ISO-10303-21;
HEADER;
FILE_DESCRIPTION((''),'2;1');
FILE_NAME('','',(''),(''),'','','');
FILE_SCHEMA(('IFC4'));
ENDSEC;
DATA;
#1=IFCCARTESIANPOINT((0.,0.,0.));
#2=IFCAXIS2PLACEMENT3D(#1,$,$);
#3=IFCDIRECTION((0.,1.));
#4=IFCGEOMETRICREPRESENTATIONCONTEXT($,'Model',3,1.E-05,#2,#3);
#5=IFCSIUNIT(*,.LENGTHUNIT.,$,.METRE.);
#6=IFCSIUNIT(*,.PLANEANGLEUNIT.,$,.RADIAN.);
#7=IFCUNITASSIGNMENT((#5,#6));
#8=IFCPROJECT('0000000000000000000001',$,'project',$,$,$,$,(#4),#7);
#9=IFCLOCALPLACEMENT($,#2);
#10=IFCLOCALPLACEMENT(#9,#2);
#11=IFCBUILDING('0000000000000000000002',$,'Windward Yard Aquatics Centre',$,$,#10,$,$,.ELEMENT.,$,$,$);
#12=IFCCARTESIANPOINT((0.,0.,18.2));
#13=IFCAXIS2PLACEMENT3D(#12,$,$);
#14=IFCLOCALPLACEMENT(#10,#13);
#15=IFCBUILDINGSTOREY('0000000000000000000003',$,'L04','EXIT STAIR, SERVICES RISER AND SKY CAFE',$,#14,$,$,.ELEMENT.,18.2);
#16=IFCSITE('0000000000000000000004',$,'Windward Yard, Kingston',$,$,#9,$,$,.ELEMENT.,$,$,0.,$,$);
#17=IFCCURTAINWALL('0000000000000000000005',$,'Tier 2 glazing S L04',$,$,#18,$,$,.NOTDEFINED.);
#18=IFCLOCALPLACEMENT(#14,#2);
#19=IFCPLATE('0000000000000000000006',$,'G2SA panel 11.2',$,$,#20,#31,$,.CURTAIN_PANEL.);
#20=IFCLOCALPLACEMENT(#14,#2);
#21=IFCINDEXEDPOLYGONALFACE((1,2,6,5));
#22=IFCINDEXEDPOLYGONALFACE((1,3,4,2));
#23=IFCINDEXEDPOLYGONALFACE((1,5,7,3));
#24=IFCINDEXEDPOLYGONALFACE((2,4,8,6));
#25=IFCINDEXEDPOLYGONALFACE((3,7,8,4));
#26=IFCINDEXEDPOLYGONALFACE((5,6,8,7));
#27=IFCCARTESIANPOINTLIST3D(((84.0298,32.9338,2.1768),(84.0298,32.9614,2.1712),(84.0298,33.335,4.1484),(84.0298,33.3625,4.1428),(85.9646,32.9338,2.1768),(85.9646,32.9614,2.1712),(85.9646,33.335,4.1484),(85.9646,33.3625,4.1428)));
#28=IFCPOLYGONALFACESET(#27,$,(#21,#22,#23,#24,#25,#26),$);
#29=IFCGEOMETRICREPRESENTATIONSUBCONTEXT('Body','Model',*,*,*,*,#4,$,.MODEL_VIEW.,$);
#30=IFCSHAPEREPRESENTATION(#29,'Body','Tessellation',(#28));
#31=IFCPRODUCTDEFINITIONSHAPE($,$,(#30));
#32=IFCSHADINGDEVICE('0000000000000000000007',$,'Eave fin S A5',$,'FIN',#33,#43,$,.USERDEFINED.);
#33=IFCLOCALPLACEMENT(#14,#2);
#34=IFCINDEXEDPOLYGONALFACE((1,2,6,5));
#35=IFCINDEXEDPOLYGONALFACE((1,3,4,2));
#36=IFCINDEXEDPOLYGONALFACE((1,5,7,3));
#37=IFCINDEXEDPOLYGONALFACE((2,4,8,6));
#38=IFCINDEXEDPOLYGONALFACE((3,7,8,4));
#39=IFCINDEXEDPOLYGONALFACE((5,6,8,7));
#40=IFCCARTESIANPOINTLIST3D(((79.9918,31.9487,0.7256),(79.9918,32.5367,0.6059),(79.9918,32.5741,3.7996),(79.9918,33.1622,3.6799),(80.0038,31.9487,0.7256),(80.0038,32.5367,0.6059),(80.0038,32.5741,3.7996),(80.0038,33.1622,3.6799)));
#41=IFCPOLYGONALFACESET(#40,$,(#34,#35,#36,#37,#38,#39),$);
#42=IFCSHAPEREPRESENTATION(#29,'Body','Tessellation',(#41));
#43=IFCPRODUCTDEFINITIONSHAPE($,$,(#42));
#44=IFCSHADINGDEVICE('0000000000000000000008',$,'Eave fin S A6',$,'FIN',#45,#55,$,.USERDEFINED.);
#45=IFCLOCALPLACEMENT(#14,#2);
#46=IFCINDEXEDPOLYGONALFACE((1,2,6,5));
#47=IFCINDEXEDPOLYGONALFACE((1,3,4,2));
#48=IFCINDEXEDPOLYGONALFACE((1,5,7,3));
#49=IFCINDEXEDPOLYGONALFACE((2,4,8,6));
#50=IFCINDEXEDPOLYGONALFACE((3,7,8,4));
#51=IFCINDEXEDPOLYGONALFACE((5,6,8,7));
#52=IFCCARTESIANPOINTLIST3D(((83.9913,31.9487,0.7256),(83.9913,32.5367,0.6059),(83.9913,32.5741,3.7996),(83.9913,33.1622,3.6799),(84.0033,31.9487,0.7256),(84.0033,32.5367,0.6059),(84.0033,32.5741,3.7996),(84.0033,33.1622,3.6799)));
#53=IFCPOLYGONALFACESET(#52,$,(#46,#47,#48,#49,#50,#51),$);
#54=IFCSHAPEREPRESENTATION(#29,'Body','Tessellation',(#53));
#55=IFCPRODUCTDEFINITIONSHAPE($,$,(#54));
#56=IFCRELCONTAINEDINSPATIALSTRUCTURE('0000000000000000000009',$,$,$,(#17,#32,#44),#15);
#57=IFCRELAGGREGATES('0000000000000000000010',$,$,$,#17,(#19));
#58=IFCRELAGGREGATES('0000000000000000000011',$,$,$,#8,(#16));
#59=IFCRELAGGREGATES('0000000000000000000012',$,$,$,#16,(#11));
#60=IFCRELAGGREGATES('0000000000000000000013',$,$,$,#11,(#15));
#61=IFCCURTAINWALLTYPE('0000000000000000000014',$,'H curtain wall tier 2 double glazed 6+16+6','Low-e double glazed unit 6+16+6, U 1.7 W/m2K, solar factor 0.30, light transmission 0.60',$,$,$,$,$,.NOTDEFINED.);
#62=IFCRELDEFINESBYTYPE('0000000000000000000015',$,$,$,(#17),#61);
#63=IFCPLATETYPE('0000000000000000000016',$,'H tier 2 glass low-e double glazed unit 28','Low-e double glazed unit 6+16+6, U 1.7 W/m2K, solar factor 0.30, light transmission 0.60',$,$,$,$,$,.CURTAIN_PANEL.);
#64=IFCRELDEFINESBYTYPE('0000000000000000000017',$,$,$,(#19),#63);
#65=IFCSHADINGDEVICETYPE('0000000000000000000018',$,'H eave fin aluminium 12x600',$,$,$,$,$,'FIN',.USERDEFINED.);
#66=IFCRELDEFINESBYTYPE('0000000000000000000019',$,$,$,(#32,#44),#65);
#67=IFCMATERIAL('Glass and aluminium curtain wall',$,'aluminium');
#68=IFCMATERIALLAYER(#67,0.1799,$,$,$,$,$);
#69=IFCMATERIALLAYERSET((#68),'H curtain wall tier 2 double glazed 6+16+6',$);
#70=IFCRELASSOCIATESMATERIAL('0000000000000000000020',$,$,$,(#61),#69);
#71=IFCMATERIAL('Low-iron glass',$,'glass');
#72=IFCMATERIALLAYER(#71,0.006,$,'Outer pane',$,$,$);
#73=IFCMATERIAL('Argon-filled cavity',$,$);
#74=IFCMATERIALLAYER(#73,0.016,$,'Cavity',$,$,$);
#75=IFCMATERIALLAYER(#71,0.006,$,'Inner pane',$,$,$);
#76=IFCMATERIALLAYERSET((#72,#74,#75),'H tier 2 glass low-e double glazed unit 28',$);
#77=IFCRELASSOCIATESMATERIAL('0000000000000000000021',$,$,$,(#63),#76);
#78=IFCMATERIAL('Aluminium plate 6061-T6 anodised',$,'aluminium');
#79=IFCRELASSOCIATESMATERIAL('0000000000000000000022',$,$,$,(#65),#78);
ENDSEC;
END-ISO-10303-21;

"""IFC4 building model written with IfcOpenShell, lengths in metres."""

from ifc_helpers import new_model, si_unit, direction, frame, origin, origin_2d, place, context, subcontext, project, spatial, polyline, rectangle, outline, extrude, material, layer, layer_set, material_profile, profile_set, type_object, element, aggregate, save


model = new_model("IFC4")

# Units and contexts
model_context = context("Model", 3, precision=1e-05, world=origin(), true_north=direction((0.0, 1.0)))
body_context = subcontext(model_context, "Body", "Model", "MODEL_VIEW")
ifc_project = project(units=[si_unit("LENGTHUNIT", "METRE"), si_unit("PLANEANGLEUNIT", "RADIAN")], contexts=[model_context])

# Site, building, storey
site_placement = place(None, origin())
site = spatial("IfcSite", under=ifc_project, at=site_placement, Name="Windward Yard, Kingston", CompositionType="ELEMENT", RefElevation=0.0)
building_placement = place(site_placement, origin())
building = spatial("IfcBuilding", under=site, at=building_placement, Name="Windward Yard Aquatics Centre", CompositionType="ELEMENT")
storey_placement = place(building_placement, frame((0.0, 0.0, 18.2)))
storey = spatial("IfcBuildingStorey", under=building, at=storey_placement, Name="L04", Description="EXIT STAIR, SERVICES RISER AND SKY CAFE", CompositionType="ELEMENT", Elevation=18.2)

# Curtain wall, plate
ifc_material_1 = material(Name="Glass and aluminium curtain wall", Category="aluminium")
ifc_layer_1 = layer(ifc_material_1, 0.1799)
ifc_layer_set_1 = layer_set([ifc_layer_1], Name="H curtain wall tier 2 double glazed 6+16+6")
curtain_wall_type = type_object("IfcCurtainWallType", Name="H curtain wall tier 2 double glazed 6+16+6", Description="Low-e double glazed unit 6+16+6, U 1.7 W/m2K, solar factor 0.30, light transmission 0.60", PredefinedType="NOTDEFINED", material=ifc_layer_set_1)
curtain_wall_placement = place(storey_placement, origin())
curtain_wall = element("IfcCurtainWall", 1, at=curtain_wall_placement, inside=storey, type_object=curtain_wall_type, Name="Tier 2 glazing S L04", PredefinedType="NOTDEFINED")
ifc_material_2 = material(Name="Low-iron glass", Category="glass")
ifc_layer_2 = layer(ifc_material_2, 0.006, Name="Outer pane")
ifc_material_3 = material(Name="Argon-filled cavity")
ifc_layer_3 = layer(ifc_material_3, 0.016, Name="Cavity")
ifc_layer_4 = layer(ifc_material_2, 0.006, Name="Inner pane")
ifc_layer_set_2 = layer_set([ifc_layer_2, ifc_layer_3, ifc_layer_4], Name="H tier 2 glass low-e double glazed unit 28")
plate_type = type_object("IfcPlateType", Name="H tier 2 glass low-e double glazed unit 28", Description="Low-e double glazed unit 6+16+6, U 1.7 W/m2K, solar factor 0.30, light transmission 0.60", PredefinedType="CURTAIN_PANEL", material=ifc_layer_set_2)
plate_1_placement = place(storey_placement, frame((84.0298, 32.9338, 2.1768), z_axis=(0.0, -0.979927, 0.199359), x_axis=(1.0, 0.0, 0.0)))
plate_1 = element("IfcPlate", 2, at=plate_1_placement, type_object=plate_type, Name="G2SA panel 11.2", PredefinedType="CURTAIN_PANEL", context=body_context, shape_type="SweptSolid", body=[
    extrude(outline(polyline([(0.0, 0.0), (1.9348, 0.0), (1.9348, 2.0121), (0.0, 2.0121), (0.0, 0.0)])), origin(), (0.0, 0.0, -1.0), 0.0281),
])
aggregate(curtain_wall, [plate_1])

# Shading devices
ifc_material_4 = material(Name="Aluminium plate 6061-T6 anodised", Category="aluminium")
ifc_material_profile_1 = material_profile(ifc_material_4, rectangle(XDim=0.012, YDim=0.6001, at=origin_2d()), Name="H eave fin aluminium 12x600")
ifc_profile_set_1 = profile_set([ifc_material_profile_1], Name="Aluminium plate 6061-T6 anodised")
shading_device_type = type_object("IfcShadingDeviceType", Name="H eave fin aluminium 12x600", ElementType="FIN", PredefinedType="USERDEFINED", material=ifc_profile_set_1)
for number, where, z_axis, x_axis, name in (
    (3, (79.9978, 32.2427, 0.6658), (0.0, 0.199393, 0.97992), (-1.0, 0.0, 0.0), "Eave fin S A5"),
    (4, (83.9973, 32.2427, 0.6658), (0.0, 0.199393, 0.97992), (-1.0, 0.0, 0.0), "Eave fin S A6"),
):
    element("IfcShadingDevice", number, at=place(storey_placement, frame(where, z_axis=z_axis, x_axis=x_axis)), inside=storey, type_object=shading_device_type, Name=name, ObjectType="FIN", PredefinedType="USERDEFINED", context=body_context, shape_type="SweptSolid", body=[
        extrude(rectangle(XDim=0.012, YDim=0.6001, at=origin_2d()), origin(), (0.0, 0.0, 1.0), 3.137),
    ])

save(model, "model.ifc")
